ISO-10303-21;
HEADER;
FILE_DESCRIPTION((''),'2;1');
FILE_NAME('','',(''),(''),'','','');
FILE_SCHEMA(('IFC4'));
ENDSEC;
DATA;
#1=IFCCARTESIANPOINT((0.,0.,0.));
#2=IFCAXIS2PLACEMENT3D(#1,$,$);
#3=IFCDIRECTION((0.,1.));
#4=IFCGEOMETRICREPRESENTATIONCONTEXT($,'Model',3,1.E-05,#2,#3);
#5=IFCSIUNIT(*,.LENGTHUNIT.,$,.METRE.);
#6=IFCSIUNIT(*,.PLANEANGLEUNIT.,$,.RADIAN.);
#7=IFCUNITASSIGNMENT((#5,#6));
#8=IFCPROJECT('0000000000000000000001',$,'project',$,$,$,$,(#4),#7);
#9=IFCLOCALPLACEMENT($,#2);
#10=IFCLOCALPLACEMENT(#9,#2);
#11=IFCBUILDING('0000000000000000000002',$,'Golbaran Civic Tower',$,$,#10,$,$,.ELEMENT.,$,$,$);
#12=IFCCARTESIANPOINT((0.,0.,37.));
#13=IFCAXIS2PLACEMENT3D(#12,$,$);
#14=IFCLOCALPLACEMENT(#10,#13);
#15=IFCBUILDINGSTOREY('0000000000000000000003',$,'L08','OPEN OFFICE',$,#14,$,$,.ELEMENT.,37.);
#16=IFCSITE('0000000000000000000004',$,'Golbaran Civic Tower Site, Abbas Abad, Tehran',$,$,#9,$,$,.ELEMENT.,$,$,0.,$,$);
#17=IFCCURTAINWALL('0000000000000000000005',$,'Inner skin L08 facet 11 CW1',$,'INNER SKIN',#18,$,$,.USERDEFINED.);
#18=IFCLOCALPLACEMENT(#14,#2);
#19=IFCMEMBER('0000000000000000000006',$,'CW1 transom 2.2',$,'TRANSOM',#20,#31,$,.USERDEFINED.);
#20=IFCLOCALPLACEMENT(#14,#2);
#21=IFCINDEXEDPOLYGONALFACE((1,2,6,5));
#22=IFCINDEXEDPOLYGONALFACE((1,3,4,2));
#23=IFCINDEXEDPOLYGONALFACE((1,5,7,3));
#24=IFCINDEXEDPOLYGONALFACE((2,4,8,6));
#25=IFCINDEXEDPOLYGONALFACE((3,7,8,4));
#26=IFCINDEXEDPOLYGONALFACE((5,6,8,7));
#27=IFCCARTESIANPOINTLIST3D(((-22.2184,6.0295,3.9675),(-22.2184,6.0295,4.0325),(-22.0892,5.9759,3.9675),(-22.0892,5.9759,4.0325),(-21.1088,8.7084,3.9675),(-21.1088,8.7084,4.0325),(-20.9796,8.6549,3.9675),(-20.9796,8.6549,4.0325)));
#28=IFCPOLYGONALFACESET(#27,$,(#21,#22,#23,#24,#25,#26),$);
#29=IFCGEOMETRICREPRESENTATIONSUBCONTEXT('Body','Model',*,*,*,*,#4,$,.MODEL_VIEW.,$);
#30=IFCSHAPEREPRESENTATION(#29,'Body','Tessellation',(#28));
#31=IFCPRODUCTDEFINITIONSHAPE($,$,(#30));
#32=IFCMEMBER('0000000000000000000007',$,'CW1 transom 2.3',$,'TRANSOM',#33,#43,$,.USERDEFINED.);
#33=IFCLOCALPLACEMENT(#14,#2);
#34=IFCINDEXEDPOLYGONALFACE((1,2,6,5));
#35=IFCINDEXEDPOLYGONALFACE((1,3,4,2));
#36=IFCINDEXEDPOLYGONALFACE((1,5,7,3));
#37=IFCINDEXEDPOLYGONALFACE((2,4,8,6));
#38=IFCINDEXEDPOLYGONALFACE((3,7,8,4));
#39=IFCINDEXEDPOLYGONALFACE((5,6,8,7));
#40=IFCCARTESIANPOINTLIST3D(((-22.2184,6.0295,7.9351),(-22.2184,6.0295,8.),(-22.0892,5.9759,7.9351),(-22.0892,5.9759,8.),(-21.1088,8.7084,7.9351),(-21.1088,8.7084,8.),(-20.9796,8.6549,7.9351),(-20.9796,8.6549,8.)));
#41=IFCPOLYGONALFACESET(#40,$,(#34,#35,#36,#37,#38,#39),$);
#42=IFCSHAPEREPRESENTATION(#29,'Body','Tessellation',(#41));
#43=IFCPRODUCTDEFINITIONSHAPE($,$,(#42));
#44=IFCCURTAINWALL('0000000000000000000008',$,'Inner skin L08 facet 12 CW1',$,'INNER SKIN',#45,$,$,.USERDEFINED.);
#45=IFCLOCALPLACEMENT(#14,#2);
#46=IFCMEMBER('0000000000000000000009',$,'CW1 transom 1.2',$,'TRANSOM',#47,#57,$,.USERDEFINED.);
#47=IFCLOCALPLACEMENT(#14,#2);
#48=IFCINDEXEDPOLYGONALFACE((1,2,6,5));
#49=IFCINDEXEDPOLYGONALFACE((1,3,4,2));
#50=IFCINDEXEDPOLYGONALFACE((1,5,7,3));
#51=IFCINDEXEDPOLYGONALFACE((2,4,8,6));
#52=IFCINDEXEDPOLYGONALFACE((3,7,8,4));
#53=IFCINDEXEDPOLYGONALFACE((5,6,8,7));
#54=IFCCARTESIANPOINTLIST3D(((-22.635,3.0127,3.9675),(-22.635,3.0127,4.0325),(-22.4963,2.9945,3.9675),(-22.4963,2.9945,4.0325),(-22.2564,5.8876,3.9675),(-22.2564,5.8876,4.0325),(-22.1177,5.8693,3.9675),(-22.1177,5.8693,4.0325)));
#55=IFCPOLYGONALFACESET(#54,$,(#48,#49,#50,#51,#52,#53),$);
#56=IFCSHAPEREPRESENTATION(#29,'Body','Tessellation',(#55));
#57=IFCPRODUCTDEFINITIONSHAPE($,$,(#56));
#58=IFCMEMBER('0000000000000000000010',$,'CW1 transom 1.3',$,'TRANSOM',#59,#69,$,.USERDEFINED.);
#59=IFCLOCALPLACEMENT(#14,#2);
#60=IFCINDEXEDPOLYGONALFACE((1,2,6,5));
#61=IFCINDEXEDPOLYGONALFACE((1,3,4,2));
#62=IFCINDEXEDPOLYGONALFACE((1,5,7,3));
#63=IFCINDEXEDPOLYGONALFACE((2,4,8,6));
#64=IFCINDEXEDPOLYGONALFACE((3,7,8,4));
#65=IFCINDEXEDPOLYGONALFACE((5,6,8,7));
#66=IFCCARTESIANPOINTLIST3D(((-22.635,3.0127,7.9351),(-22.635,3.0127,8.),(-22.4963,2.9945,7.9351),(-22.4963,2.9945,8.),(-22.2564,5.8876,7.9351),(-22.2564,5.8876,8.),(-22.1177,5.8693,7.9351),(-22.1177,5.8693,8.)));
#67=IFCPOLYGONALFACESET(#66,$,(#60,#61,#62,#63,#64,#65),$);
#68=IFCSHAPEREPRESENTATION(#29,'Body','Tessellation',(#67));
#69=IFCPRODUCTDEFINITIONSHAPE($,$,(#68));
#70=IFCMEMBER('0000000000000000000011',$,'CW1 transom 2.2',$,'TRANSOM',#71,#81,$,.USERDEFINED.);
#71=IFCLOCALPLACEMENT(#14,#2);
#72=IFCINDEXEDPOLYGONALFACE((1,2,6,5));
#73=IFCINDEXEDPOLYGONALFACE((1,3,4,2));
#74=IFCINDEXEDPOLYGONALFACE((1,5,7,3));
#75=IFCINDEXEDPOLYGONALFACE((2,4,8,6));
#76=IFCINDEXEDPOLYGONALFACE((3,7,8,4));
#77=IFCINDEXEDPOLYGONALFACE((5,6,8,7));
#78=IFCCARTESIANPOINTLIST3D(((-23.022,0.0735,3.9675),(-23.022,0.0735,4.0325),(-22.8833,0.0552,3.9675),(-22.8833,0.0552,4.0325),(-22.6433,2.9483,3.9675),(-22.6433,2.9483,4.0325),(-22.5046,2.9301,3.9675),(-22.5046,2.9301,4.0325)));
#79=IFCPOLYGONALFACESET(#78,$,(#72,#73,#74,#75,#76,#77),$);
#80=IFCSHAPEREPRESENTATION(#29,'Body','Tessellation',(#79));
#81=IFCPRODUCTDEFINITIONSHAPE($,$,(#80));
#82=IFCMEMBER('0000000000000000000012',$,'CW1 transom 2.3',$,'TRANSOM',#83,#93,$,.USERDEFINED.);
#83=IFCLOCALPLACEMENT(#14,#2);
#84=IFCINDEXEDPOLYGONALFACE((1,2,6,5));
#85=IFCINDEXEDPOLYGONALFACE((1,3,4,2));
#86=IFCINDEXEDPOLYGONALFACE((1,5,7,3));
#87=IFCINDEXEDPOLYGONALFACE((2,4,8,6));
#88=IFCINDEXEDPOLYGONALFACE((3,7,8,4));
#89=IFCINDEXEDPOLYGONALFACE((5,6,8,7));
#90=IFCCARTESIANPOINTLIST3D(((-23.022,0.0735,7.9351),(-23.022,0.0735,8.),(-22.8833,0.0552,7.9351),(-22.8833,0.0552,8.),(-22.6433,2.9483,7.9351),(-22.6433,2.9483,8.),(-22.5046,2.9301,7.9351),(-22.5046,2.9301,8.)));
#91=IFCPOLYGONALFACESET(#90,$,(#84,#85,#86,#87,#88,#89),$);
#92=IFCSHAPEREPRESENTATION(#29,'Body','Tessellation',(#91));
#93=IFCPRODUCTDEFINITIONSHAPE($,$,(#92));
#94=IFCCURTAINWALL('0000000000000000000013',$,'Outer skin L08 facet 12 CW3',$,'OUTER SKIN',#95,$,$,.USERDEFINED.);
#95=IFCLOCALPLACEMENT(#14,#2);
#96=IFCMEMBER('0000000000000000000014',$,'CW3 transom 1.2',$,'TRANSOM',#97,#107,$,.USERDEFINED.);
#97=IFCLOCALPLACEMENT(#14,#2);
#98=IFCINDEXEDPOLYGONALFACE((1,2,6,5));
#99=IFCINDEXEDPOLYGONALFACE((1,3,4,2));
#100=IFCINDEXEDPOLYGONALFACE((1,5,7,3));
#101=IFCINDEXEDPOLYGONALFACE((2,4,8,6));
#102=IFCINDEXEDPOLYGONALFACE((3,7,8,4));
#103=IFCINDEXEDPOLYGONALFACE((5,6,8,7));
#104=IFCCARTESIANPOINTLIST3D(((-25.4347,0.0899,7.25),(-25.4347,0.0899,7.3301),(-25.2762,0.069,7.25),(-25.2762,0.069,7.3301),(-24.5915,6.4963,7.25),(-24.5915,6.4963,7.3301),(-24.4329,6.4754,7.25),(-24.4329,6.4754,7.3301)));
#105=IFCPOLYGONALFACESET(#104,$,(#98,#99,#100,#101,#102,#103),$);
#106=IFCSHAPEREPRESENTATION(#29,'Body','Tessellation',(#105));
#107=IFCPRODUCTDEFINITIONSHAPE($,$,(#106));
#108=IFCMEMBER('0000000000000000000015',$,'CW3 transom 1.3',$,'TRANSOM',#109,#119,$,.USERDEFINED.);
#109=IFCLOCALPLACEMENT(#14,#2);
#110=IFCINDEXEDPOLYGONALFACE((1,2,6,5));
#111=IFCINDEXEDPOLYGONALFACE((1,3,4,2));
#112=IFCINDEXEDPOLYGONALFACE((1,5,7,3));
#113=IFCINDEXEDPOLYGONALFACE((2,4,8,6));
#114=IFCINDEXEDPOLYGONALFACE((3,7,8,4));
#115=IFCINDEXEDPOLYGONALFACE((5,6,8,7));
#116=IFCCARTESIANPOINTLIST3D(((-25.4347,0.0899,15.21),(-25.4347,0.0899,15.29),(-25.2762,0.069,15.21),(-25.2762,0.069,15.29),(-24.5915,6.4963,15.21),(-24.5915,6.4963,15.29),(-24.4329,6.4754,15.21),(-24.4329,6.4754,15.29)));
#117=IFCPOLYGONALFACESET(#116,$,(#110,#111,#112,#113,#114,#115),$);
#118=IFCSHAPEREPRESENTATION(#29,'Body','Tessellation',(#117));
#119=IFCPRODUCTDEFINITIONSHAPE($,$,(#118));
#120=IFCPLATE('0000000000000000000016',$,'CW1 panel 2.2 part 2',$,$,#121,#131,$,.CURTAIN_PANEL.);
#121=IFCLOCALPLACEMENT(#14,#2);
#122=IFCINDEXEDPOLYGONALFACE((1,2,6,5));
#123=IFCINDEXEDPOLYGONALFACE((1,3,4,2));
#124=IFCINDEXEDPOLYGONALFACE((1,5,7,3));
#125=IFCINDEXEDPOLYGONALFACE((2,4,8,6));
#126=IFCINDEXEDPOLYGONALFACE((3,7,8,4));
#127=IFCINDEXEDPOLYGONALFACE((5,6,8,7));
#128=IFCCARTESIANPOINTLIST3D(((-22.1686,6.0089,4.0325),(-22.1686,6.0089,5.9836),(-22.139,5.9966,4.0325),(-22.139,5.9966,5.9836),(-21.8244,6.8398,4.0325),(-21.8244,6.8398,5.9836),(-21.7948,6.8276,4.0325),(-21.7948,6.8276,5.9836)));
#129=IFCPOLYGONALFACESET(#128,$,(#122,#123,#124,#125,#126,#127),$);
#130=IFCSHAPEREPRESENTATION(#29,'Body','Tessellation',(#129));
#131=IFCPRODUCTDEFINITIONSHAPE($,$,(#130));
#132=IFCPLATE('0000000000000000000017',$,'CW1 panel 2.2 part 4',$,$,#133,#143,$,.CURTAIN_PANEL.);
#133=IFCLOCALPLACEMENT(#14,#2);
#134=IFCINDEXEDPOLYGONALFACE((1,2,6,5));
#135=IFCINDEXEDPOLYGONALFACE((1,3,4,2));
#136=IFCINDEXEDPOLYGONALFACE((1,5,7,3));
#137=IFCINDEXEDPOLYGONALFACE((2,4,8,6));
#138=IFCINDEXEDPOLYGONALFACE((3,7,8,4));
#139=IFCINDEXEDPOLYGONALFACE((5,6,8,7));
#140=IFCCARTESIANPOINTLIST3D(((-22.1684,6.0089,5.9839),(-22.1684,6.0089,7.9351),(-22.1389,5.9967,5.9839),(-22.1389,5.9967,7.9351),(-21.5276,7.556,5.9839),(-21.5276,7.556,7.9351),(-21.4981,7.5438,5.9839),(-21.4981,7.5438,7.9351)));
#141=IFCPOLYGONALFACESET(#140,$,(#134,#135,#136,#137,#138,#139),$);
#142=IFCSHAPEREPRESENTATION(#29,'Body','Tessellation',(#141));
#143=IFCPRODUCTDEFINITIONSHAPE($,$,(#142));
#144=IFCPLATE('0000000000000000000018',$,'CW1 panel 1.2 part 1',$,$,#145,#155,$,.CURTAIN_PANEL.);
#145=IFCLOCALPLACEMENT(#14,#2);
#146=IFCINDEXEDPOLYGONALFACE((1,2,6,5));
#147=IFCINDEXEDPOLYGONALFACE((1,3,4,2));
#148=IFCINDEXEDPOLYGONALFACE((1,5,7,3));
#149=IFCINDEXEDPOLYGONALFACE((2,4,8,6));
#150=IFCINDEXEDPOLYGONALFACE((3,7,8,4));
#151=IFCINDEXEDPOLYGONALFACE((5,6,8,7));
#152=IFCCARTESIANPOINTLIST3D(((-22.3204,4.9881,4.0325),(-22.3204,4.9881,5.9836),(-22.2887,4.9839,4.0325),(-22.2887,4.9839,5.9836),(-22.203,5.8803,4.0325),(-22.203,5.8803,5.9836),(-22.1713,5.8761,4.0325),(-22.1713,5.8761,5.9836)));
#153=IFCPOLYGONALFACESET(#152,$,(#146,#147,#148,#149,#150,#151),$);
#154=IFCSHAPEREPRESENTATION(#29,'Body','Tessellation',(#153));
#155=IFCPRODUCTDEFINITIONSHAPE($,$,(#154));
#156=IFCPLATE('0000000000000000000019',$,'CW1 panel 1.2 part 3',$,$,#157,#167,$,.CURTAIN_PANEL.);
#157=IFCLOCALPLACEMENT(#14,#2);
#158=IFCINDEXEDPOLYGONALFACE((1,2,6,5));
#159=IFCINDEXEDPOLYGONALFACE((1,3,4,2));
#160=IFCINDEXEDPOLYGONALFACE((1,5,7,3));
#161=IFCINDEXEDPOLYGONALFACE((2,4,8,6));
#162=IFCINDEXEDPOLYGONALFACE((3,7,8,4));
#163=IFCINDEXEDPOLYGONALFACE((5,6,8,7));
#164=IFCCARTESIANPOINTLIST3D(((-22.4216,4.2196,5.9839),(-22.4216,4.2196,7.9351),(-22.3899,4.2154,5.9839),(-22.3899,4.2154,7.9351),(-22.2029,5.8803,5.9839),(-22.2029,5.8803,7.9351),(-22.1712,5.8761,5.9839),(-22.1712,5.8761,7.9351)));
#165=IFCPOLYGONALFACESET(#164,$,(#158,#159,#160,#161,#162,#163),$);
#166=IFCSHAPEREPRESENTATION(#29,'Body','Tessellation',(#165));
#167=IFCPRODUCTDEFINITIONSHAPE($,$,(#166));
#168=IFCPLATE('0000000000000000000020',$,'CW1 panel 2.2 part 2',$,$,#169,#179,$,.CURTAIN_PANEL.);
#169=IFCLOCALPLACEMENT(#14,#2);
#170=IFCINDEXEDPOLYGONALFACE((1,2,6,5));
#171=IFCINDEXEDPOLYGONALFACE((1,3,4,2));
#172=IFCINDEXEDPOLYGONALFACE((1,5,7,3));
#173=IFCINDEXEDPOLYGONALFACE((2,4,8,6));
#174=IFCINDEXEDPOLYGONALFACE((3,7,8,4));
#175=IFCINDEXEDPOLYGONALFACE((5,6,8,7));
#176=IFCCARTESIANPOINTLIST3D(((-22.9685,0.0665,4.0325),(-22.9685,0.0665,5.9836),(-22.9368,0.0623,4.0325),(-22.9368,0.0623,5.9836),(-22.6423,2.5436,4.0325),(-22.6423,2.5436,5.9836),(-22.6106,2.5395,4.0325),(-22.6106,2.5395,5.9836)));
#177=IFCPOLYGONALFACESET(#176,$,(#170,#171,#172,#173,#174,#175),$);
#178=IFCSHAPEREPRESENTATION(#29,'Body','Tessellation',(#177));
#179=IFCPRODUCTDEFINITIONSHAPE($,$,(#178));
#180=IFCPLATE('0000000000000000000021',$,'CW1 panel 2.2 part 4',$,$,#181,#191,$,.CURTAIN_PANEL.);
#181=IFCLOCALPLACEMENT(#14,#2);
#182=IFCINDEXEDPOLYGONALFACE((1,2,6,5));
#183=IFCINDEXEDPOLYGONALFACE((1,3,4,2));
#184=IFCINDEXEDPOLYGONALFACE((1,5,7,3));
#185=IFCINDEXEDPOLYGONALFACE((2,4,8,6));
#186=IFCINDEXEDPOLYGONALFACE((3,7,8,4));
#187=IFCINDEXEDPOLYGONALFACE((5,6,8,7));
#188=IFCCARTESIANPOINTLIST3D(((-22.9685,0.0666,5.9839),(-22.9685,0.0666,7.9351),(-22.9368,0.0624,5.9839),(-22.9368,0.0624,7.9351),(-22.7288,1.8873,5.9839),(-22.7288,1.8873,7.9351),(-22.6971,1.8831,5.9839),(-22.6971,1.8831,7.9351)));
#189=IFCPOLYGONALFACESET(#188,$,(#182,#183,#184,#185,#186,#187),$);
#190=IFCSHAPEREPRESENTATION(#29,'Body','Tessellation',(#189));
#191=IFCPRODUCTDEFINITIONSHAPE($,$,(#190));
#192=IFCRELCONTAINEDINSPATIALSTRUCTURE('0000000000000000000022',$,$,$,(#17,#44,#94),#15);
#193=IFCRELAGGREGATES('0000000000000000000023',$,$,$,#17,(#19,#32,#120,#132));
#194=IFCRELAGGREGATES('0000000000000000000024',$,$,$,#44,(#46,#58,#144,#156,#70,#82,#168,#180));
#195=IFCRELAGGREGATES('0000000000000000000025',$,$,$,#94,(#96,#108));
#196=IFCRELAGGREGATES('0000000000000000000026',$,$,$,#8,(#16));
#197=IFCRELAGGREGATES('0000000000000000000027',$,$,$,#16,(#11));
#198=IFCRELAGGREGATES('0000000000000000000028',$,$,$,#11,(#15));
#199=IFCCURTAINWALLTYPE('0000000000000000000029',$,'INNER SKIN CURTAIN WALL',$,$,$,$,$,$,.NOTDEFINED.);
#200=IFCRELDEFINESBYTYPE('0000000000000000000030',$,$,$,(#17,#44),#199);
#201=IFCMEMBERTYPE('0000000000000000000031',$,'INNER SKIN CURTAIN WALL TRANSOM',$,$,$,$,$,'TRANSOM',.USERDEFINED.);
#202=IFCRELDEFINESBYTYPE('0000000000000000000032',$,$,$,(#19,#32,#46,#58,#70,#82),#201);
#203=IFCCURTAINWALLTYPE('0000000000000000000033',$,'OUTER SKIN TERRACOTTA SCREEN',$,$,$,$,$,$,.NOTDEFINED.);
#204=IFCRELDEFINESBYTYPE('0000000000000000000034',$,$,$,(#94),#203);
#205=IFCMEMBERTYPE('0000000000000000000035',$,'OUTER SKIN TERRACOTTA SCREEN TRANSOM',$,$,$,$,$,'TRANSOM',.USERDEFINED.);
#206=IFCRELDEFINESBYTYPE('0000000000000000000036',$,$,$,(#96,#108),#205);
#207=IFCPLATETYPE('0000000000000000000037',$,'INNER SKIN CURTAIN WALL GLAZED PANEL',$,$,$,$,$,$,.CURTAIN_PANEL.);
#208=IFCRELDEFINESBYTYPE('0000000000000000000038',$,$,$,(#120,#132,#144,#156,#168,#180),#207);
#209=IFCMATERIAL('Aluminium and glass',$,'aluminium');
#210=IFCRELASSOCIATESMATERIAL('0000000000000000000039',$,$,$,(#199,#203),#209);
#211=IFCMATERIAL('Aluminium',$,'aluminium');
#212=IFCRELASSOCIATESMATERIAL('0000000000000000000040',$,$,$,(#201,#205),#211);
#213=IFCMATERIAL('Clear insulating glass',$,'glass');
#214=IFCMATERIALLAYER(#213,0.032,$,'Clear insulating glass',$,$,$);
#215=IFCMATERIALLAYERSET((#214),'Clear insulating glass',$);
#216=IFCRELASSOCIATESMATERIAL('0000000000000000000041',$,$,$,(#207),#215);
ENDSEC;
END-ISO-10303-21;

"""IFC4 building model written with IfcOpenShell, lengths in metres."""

from ifc_helpers import new_model, si_unit, direction, frame, origin, origin_2d, place, context, subcontext, project, spatial, rectangle, extrude, material, layer, layer_set, material_profile, profile_set, type_object, element, aggregate, save


model = new_model("IFC4")

# Units and contexts
model_context = context("Model", 3, precision=1e-05, world=origin(), true_north=direction((0.0, 1.0)))
body_context = subcontext(model_context, "Body", "Model", "MODEL_VIEW")
ifc_project = project(units=[si_unit("LENGTHUNIT", "METRE"), si_unit("PLANEANGLEUNIT", "RADIAN")], contexts=[model_context])

# Site, building, storey
site_placement = place(None, origin())
site = spatial("IfcSite", under=ifc_project, at=site_placement, Name="Golbaran Civic Tower Site, Abbas Abad, Tehran", CompositionType="ELEMENT", RefElevation=0.0)
building_placement = place(site_placement, origin())
building = spatial("IfcBuilding", under=site, at=building_placement, Name="Golbaran Civic Tower", CompositionType="ELEMENT")
storey_placement = place(building_placement, frame((0.0, 0.0, 37.0)))
storey = spatial("IfcBuildingStorey", under=building, at=storey_placement, Name="L08", Description="OPEN OFFICE", CompositionType="ELEMENT", Elevation=37.0)

# Curtain walls, members
ifc_material_1 = material(Name="Aluminium and glass", Category="aluminium")
curtain_wall_type_1 = type_object("IfcCurtainWallType", Name="INNER SKIN CURTAIN WALL", PredefinedType="NOTDEFINED", material=ifc_material_1)
curtain_wall_1_placement = place(storey_placement, origin())
curtain_wall_1 = element("IfcCurtainWall", 1, at=curtain_wall_1_placement, inside=storey, type_object=curtain_wall_type_1, Name="Inner skin L08 facet 11 CW1", ObjectType="INNER SKIN", PredefinedType="USERDEFINED")
ifc_material_2 = material(Name="Aluminium", Category="aluminium")
ifc_material_profile_1 = material_profile(ifc_material_2, rectangle(XDim=0.1399, YDim=0.0649, at=origin_2d()), Name="INNER SKIN CURTAIN WALL TRANSOM")
ifc_profile_set_1 = profile_set([ifc_material_profile_1], Name="Aluminium")
member_type_1 = type_object("IfcMemberType", Name="INNER SKIN CURTAIN WALL TRANSOM", ElementType="TRANSOM", PredefinedType="USERDEFINED", material=ifc_profile_set_1)
member_1_placement = place(storey_placement, frame((-21.0442, 8.6816, 4.0), z_axis=(-0.382672, -0.923884, 0.0), x_axis=(0.923884, -0.382672, 0.0)))
member_1 = element("IfcMember", 2, at=member_1_placement, type_object=member_type_1, Name="CW1 transom 2.2", ObjectType="TRANSOM", PredefinedType="USERDEFINED", context=body_context, shape_type="SweptSolid", body=[
    extrude(rectangle(XDim=0.1399, YDim=0.0649, at=origin_2d()), origin(), (0.0, 0.0, 1.0), 2.8997),
])
member_2_placement = place(storey_placement, frame((-21.0442, 8.6816, 7.9675), z_axis=(-0.382672, -0.923884, 0.0), x_axis=(0.923884, -0.382672, 0.0)))
member_2 = element("IfcMember", 3, at=member_2_placement, type_object=member_type_1, Name="CW1 transom 2.3", ObjectType="TRANSOM", PredefinedType="USERDEFINED", context=body_context, shape_type="SweptSolid", body=[
    extrude(rectangle(XDim=0.1399, YDim=0.0649, at=origin_2d()), origin(), (0.0, 0.0, 1.0), 2.8997),
])
curtain_wall_2_placement = place(storey_placement, origin())
curtain_wall_2 = element("IfcCurtainWall", 4, at=curtain_wall_2_placement, inside=storey, type_object=curtain_wall_type_1, Name="Inner skin L08 facet 12 CW1", ObjectType="INNER SKIN", PredefinedType="USERDEFINED")
member_3_placement = place(storey_placement, frame((-22.187, 5.8784, 4.0), z_axis=(-0.130592, -0.991436, 0.0), x_axis=(0.991436, -0.130592, 0.0)))
member_3 = element("IfcMember", 5, at=member_3_placement, type_object=member_type_1, Name="CW1 transom 1.2", ObjectType="TRANSOM", PredefinedType="USERDEFINED", context=body_context, shape_type="SweptSolid", body=[
    extrude(rectangle(XDim=0.1399, YDim=0.0649, at=origin_2d()), origin(), (0.0, 0.0, 1.0), 2.8997),
])
member_4_placement = place(storey_placement, frame((-22.187, 5.8784, 7.9675), z_axis=(-0.130592, -0.991436, 0.0), x_axis=(0.991436, -0.130592, 0.0)))
member_4 = element("IfcMember", 6, at=member_4_placement, type_object=member_type_1, Name="CW1 transom 1.3", ObjectType="TRANSOM", PredefinedType="USERDEFINED", context=body_context, shape_type="SweptSolid", body=[
    extrude(rectangle(XDim=0.1399, YDim=0.0649, at=origin_2d()), origin(), (0.0, 0.0, 1.0), 2.8997),
])
member_5_placement = place(storey_placement, frame((-22.574, 2.9392, 4.0), z_axis=(-0.130592, -0.991436, 0.0), x_axis=(0.991436, -0.130592, 0.0)))
member_5 = element("IfcMember", 7, at=member_5_placement, type_object=member_type_1, Name="CW1 transom 2.2", ObjectType="TRANSOM", PredefinedType="USERDEFINED", context=body_context, shape_type="SweptSolid", body=[
    extrude(rectangle(XDim=0.1399, YDim=0.0649, at=origin_2d()), origin(), (0.0, 0.0, 1.0), 2.8997),
])
member_6_placement = place(storey_placement, frame((-22.574, 2.9392, 7.9675), z_axis=(-0.130592, -0.991436, 0.0), x_axis=(0.991436, -0.130592, 0.0)))
member_6 = element("IfcMember", 8, at=member_6_placement, type_object=member_type_1, Name="CW1 transom 2.3", ObjectType="TRANSOM", PredefinedType="USERDEFINED", context=body_context, shape_type="SweptSolid", body=[
    extrude(rectangle(XDim=0.1399, YDim=0.0649, at=origin_2d()), origin(), (0.0, 0.0, 1.0), 2.8997),
])
curtain_wall_type_2 = type_object("IfcCurtainWallType", Name="OUTER SKIN TERRACOTTA SCREEN", PredefinedType="NOTDEFINED", material=ifc_material_1)
curtain_wall_3_placement = place(storey_placement, origin())
curtain_wall_3 = element("IfcCurtainWall", 9, at=curtain_wall_3_placement, inside=storey, type_object=curtain_wall_type_2, Name="Outer skin L08 facet 12 CW3", ObjectType="OUTER SKIN", PredefinedType="USERDEFINED")
ifc_material_profile_2 = material_profile(ifc_material_2, rectangle(XDim=0.1599, YDim=0.0801, at=origin_2d()), Name="OUTER SKIN TERRACOTTA SCREEN TRANSOM")
ifc_profile_set_2 = profile_set([ifc_material_profile_2], Name="Aluminium")
member_type_2 = type_object("IfcMemberType", Name="OUTER SKIN TERRACOTTA SCREEN TRANSOM", ElementType="TRANSOM", PredefinedType="USERDEFINED", material=ifc_profile_set_2)
member_7_placement = place(storey_placement, frame((-24.5122, 6.4858, 7.29), z_axis=(-0.1305, -0.991448, 0.0), x_axis=(0.991448, -0.1305, 0.0)))
member_7 = element("IfcMember", 10, at=member_7_placement, type_object=member_type_2, Name="CW3 transom 1.2", ObjectType="TRANSOM", PredefinedType="USERDEFINED", context=body_context, shape_type="SweptSolid", body=[
    extrude(rectangle(XDim=0.1599, YDim=0.0801, at=origin_2d()), origin(), (0.0, 0.0, 1.0), 6.4617),
])
member_8_placement = place(storey_placement, frame((-24.5122, 6.4858, 15.25), z_axis=(-0.1305, -0.991448, 0.0), x_axis=(0.991448, -0.1305, 0.0)))
member_8 = element("IfcMember", 11, at=member_8_placement, type_object=member_type_2, Name="CW3 transom 1.3", ObjectType="TRANSOM", PredefinedType="USERDEFINED", context=body_context, shape_type="SweptSolid", body=[
    extrude(rectangle(XDim=0.1599, YDim=0.0801, at=origin_2d()), origin(), (0.0, 0.0, 1.0), 6.4617),
])

# Plates
ifc_material_3 = material(Name="Clear insulating glass", Category="glass")
ifc_layer_1 = layer(ifc_material_3, 0.032, Name="Clear insulating glass")
ifc_layer_set_1 = layer_set([ifc_layer_1], Name="Clear insulating glass")
plate_type_1 = type_object("IfcPlateType", Name="INNER SKIN CURTAIN WALL GLAZED PANEL", PredefinedType="CURTAIN_PANEL", material=ifc_layer_set_1)
plate_1_placement = place(storey_placement, frame((-21.9817, 6.4182, 4.0325), z_axis=(0.0, 0.0, 1.0), x_axis=(-0.382683, -0.92388, 0.0)))
plate_1 = element("IfcPlate", 12, at=plate_1_placement, type_object=plate_type_1, Name="CW1 panel 2.2 part 2", PredefinedType="CURTAIN_PANEL", context=body_context, shape_type="SweptSolid", body=[
    extrude(rectangle(XDim=0.8994, YDim=0.032, at=origin_2d()), origin(), (0.0, 0.0, 1.0), 1.9512),
])
plate_2_placement = place(storey_placement, frame((-21.8333, 6.7764, 5.9839), z_axis=(0.0, 0.0, 1.0), x_axis=(-0.382683, -0.92388, 0.0)))
plate_2 = element("IfcPlate", 13, at=plate_2_placement, type_object=plate_type_1, Name="CW1 panel 2.2 part 4", PredefinedType="CURTAIN_PANEL", context=body_context, shape_type="SweptSolid", body=[
    extrude(rectangle(XDim=1.6746, YDim=0.032, at=origin_2d()), origin(), (0.0, 0.0, 1.0), 1.9512),
])
plate_3_placement = place(storey_placement, frame((-22.2458, 5.4321, 4.0325), z_axis=(0.0, 0.0, 1.0), x_axis=(-0.130526, -0.991445, 0.0)))
plate_3 = element("IfcPlate", 14, at=plate_3_placement, type_object=plate_type_1, Name="CW1 panel 1.2 part 1", PredefinedType="CURTAIN_PANEL", context=body_context, shape_type="SweptSolid", body=[
    extrude(rectangle(XDim=0.8999, YDim=0.032, at=origin_2d()), origin(), (0.0, 0.0, 1.0), 1.9512),
])
plate_4_placement = place(storey_placement, frame((-22.2964, 5.0479, 5.9839), z_axis=(0.0, 0.0, 1.0), x_axis=(-0.130526, -0.991445, 0.0)))
plate_4 = element("IfcPlate", 15, at=plate_4_placement, type_object=plate_type_1, Name="CW1 panel 1.2 part 3", PredefinedType="CURTAIN_PANEL", context=body_context, shape_type="SweptSolid", body=[
    extrude(rectangle(XDim=1.675, YDim=0.032, at=origin_2d()), origin(), (0.0, 0.0, 1.0), 1.9512),
])
plate_5_placement = place(storey_placement, frame((-22.7896, 1.303, 4.0325), z_axis=(0.0, 0.0, 1.0), x_axis=(-0.130526, -0.991445, 0.0)))
plate_5 = element("IfcPlate", 16, at=plate_5_placement, type_object=plate_type_1, Name="CW1 panel 2.2 part 2", PredefinedType="CURTAIN_PANEL", context=body_context, shape_type="SweptSolid", body=[
    extrude(rectangle(XDim=2.4985, YDim=0.032, at=origin_2d()), origin(), (0.0, 0.0, 1.0), 1.9512),
])
plate_6_placement = place(storey_placement, frame((-22.8328, 0.9749, 5.9839), z_axis=(0.0, 0.0, 1.0), x_axis=(-0.130526, -0.991445, 0.0)))
plate_6 = element("IfcPlate", 17, at=plate_6_placement, type_object=plate_type_1, Name="CW1 panel 2.2 part 4", PredefinedType="CURTAIN_PANEL", context=body_context, shape_type="SweptSolid", body=[
    extrude(rectangle(XDim=1.8364, YDim=0.032, at=origin_2d()), origin(), (0.0, 0.0, 1.0), 1.9512),
])
aggregate(curtain_wall_1, [member_1, member_2, plate_1, plate_2])
aggregate(curtain_wall_2, [member_3, member_4, plate_3, plate_4, member_5, member_6, plate_5, plate_6])
aggregate(curtain_wall_3, [member_7, member_8])

save(model, "model.ifc")
